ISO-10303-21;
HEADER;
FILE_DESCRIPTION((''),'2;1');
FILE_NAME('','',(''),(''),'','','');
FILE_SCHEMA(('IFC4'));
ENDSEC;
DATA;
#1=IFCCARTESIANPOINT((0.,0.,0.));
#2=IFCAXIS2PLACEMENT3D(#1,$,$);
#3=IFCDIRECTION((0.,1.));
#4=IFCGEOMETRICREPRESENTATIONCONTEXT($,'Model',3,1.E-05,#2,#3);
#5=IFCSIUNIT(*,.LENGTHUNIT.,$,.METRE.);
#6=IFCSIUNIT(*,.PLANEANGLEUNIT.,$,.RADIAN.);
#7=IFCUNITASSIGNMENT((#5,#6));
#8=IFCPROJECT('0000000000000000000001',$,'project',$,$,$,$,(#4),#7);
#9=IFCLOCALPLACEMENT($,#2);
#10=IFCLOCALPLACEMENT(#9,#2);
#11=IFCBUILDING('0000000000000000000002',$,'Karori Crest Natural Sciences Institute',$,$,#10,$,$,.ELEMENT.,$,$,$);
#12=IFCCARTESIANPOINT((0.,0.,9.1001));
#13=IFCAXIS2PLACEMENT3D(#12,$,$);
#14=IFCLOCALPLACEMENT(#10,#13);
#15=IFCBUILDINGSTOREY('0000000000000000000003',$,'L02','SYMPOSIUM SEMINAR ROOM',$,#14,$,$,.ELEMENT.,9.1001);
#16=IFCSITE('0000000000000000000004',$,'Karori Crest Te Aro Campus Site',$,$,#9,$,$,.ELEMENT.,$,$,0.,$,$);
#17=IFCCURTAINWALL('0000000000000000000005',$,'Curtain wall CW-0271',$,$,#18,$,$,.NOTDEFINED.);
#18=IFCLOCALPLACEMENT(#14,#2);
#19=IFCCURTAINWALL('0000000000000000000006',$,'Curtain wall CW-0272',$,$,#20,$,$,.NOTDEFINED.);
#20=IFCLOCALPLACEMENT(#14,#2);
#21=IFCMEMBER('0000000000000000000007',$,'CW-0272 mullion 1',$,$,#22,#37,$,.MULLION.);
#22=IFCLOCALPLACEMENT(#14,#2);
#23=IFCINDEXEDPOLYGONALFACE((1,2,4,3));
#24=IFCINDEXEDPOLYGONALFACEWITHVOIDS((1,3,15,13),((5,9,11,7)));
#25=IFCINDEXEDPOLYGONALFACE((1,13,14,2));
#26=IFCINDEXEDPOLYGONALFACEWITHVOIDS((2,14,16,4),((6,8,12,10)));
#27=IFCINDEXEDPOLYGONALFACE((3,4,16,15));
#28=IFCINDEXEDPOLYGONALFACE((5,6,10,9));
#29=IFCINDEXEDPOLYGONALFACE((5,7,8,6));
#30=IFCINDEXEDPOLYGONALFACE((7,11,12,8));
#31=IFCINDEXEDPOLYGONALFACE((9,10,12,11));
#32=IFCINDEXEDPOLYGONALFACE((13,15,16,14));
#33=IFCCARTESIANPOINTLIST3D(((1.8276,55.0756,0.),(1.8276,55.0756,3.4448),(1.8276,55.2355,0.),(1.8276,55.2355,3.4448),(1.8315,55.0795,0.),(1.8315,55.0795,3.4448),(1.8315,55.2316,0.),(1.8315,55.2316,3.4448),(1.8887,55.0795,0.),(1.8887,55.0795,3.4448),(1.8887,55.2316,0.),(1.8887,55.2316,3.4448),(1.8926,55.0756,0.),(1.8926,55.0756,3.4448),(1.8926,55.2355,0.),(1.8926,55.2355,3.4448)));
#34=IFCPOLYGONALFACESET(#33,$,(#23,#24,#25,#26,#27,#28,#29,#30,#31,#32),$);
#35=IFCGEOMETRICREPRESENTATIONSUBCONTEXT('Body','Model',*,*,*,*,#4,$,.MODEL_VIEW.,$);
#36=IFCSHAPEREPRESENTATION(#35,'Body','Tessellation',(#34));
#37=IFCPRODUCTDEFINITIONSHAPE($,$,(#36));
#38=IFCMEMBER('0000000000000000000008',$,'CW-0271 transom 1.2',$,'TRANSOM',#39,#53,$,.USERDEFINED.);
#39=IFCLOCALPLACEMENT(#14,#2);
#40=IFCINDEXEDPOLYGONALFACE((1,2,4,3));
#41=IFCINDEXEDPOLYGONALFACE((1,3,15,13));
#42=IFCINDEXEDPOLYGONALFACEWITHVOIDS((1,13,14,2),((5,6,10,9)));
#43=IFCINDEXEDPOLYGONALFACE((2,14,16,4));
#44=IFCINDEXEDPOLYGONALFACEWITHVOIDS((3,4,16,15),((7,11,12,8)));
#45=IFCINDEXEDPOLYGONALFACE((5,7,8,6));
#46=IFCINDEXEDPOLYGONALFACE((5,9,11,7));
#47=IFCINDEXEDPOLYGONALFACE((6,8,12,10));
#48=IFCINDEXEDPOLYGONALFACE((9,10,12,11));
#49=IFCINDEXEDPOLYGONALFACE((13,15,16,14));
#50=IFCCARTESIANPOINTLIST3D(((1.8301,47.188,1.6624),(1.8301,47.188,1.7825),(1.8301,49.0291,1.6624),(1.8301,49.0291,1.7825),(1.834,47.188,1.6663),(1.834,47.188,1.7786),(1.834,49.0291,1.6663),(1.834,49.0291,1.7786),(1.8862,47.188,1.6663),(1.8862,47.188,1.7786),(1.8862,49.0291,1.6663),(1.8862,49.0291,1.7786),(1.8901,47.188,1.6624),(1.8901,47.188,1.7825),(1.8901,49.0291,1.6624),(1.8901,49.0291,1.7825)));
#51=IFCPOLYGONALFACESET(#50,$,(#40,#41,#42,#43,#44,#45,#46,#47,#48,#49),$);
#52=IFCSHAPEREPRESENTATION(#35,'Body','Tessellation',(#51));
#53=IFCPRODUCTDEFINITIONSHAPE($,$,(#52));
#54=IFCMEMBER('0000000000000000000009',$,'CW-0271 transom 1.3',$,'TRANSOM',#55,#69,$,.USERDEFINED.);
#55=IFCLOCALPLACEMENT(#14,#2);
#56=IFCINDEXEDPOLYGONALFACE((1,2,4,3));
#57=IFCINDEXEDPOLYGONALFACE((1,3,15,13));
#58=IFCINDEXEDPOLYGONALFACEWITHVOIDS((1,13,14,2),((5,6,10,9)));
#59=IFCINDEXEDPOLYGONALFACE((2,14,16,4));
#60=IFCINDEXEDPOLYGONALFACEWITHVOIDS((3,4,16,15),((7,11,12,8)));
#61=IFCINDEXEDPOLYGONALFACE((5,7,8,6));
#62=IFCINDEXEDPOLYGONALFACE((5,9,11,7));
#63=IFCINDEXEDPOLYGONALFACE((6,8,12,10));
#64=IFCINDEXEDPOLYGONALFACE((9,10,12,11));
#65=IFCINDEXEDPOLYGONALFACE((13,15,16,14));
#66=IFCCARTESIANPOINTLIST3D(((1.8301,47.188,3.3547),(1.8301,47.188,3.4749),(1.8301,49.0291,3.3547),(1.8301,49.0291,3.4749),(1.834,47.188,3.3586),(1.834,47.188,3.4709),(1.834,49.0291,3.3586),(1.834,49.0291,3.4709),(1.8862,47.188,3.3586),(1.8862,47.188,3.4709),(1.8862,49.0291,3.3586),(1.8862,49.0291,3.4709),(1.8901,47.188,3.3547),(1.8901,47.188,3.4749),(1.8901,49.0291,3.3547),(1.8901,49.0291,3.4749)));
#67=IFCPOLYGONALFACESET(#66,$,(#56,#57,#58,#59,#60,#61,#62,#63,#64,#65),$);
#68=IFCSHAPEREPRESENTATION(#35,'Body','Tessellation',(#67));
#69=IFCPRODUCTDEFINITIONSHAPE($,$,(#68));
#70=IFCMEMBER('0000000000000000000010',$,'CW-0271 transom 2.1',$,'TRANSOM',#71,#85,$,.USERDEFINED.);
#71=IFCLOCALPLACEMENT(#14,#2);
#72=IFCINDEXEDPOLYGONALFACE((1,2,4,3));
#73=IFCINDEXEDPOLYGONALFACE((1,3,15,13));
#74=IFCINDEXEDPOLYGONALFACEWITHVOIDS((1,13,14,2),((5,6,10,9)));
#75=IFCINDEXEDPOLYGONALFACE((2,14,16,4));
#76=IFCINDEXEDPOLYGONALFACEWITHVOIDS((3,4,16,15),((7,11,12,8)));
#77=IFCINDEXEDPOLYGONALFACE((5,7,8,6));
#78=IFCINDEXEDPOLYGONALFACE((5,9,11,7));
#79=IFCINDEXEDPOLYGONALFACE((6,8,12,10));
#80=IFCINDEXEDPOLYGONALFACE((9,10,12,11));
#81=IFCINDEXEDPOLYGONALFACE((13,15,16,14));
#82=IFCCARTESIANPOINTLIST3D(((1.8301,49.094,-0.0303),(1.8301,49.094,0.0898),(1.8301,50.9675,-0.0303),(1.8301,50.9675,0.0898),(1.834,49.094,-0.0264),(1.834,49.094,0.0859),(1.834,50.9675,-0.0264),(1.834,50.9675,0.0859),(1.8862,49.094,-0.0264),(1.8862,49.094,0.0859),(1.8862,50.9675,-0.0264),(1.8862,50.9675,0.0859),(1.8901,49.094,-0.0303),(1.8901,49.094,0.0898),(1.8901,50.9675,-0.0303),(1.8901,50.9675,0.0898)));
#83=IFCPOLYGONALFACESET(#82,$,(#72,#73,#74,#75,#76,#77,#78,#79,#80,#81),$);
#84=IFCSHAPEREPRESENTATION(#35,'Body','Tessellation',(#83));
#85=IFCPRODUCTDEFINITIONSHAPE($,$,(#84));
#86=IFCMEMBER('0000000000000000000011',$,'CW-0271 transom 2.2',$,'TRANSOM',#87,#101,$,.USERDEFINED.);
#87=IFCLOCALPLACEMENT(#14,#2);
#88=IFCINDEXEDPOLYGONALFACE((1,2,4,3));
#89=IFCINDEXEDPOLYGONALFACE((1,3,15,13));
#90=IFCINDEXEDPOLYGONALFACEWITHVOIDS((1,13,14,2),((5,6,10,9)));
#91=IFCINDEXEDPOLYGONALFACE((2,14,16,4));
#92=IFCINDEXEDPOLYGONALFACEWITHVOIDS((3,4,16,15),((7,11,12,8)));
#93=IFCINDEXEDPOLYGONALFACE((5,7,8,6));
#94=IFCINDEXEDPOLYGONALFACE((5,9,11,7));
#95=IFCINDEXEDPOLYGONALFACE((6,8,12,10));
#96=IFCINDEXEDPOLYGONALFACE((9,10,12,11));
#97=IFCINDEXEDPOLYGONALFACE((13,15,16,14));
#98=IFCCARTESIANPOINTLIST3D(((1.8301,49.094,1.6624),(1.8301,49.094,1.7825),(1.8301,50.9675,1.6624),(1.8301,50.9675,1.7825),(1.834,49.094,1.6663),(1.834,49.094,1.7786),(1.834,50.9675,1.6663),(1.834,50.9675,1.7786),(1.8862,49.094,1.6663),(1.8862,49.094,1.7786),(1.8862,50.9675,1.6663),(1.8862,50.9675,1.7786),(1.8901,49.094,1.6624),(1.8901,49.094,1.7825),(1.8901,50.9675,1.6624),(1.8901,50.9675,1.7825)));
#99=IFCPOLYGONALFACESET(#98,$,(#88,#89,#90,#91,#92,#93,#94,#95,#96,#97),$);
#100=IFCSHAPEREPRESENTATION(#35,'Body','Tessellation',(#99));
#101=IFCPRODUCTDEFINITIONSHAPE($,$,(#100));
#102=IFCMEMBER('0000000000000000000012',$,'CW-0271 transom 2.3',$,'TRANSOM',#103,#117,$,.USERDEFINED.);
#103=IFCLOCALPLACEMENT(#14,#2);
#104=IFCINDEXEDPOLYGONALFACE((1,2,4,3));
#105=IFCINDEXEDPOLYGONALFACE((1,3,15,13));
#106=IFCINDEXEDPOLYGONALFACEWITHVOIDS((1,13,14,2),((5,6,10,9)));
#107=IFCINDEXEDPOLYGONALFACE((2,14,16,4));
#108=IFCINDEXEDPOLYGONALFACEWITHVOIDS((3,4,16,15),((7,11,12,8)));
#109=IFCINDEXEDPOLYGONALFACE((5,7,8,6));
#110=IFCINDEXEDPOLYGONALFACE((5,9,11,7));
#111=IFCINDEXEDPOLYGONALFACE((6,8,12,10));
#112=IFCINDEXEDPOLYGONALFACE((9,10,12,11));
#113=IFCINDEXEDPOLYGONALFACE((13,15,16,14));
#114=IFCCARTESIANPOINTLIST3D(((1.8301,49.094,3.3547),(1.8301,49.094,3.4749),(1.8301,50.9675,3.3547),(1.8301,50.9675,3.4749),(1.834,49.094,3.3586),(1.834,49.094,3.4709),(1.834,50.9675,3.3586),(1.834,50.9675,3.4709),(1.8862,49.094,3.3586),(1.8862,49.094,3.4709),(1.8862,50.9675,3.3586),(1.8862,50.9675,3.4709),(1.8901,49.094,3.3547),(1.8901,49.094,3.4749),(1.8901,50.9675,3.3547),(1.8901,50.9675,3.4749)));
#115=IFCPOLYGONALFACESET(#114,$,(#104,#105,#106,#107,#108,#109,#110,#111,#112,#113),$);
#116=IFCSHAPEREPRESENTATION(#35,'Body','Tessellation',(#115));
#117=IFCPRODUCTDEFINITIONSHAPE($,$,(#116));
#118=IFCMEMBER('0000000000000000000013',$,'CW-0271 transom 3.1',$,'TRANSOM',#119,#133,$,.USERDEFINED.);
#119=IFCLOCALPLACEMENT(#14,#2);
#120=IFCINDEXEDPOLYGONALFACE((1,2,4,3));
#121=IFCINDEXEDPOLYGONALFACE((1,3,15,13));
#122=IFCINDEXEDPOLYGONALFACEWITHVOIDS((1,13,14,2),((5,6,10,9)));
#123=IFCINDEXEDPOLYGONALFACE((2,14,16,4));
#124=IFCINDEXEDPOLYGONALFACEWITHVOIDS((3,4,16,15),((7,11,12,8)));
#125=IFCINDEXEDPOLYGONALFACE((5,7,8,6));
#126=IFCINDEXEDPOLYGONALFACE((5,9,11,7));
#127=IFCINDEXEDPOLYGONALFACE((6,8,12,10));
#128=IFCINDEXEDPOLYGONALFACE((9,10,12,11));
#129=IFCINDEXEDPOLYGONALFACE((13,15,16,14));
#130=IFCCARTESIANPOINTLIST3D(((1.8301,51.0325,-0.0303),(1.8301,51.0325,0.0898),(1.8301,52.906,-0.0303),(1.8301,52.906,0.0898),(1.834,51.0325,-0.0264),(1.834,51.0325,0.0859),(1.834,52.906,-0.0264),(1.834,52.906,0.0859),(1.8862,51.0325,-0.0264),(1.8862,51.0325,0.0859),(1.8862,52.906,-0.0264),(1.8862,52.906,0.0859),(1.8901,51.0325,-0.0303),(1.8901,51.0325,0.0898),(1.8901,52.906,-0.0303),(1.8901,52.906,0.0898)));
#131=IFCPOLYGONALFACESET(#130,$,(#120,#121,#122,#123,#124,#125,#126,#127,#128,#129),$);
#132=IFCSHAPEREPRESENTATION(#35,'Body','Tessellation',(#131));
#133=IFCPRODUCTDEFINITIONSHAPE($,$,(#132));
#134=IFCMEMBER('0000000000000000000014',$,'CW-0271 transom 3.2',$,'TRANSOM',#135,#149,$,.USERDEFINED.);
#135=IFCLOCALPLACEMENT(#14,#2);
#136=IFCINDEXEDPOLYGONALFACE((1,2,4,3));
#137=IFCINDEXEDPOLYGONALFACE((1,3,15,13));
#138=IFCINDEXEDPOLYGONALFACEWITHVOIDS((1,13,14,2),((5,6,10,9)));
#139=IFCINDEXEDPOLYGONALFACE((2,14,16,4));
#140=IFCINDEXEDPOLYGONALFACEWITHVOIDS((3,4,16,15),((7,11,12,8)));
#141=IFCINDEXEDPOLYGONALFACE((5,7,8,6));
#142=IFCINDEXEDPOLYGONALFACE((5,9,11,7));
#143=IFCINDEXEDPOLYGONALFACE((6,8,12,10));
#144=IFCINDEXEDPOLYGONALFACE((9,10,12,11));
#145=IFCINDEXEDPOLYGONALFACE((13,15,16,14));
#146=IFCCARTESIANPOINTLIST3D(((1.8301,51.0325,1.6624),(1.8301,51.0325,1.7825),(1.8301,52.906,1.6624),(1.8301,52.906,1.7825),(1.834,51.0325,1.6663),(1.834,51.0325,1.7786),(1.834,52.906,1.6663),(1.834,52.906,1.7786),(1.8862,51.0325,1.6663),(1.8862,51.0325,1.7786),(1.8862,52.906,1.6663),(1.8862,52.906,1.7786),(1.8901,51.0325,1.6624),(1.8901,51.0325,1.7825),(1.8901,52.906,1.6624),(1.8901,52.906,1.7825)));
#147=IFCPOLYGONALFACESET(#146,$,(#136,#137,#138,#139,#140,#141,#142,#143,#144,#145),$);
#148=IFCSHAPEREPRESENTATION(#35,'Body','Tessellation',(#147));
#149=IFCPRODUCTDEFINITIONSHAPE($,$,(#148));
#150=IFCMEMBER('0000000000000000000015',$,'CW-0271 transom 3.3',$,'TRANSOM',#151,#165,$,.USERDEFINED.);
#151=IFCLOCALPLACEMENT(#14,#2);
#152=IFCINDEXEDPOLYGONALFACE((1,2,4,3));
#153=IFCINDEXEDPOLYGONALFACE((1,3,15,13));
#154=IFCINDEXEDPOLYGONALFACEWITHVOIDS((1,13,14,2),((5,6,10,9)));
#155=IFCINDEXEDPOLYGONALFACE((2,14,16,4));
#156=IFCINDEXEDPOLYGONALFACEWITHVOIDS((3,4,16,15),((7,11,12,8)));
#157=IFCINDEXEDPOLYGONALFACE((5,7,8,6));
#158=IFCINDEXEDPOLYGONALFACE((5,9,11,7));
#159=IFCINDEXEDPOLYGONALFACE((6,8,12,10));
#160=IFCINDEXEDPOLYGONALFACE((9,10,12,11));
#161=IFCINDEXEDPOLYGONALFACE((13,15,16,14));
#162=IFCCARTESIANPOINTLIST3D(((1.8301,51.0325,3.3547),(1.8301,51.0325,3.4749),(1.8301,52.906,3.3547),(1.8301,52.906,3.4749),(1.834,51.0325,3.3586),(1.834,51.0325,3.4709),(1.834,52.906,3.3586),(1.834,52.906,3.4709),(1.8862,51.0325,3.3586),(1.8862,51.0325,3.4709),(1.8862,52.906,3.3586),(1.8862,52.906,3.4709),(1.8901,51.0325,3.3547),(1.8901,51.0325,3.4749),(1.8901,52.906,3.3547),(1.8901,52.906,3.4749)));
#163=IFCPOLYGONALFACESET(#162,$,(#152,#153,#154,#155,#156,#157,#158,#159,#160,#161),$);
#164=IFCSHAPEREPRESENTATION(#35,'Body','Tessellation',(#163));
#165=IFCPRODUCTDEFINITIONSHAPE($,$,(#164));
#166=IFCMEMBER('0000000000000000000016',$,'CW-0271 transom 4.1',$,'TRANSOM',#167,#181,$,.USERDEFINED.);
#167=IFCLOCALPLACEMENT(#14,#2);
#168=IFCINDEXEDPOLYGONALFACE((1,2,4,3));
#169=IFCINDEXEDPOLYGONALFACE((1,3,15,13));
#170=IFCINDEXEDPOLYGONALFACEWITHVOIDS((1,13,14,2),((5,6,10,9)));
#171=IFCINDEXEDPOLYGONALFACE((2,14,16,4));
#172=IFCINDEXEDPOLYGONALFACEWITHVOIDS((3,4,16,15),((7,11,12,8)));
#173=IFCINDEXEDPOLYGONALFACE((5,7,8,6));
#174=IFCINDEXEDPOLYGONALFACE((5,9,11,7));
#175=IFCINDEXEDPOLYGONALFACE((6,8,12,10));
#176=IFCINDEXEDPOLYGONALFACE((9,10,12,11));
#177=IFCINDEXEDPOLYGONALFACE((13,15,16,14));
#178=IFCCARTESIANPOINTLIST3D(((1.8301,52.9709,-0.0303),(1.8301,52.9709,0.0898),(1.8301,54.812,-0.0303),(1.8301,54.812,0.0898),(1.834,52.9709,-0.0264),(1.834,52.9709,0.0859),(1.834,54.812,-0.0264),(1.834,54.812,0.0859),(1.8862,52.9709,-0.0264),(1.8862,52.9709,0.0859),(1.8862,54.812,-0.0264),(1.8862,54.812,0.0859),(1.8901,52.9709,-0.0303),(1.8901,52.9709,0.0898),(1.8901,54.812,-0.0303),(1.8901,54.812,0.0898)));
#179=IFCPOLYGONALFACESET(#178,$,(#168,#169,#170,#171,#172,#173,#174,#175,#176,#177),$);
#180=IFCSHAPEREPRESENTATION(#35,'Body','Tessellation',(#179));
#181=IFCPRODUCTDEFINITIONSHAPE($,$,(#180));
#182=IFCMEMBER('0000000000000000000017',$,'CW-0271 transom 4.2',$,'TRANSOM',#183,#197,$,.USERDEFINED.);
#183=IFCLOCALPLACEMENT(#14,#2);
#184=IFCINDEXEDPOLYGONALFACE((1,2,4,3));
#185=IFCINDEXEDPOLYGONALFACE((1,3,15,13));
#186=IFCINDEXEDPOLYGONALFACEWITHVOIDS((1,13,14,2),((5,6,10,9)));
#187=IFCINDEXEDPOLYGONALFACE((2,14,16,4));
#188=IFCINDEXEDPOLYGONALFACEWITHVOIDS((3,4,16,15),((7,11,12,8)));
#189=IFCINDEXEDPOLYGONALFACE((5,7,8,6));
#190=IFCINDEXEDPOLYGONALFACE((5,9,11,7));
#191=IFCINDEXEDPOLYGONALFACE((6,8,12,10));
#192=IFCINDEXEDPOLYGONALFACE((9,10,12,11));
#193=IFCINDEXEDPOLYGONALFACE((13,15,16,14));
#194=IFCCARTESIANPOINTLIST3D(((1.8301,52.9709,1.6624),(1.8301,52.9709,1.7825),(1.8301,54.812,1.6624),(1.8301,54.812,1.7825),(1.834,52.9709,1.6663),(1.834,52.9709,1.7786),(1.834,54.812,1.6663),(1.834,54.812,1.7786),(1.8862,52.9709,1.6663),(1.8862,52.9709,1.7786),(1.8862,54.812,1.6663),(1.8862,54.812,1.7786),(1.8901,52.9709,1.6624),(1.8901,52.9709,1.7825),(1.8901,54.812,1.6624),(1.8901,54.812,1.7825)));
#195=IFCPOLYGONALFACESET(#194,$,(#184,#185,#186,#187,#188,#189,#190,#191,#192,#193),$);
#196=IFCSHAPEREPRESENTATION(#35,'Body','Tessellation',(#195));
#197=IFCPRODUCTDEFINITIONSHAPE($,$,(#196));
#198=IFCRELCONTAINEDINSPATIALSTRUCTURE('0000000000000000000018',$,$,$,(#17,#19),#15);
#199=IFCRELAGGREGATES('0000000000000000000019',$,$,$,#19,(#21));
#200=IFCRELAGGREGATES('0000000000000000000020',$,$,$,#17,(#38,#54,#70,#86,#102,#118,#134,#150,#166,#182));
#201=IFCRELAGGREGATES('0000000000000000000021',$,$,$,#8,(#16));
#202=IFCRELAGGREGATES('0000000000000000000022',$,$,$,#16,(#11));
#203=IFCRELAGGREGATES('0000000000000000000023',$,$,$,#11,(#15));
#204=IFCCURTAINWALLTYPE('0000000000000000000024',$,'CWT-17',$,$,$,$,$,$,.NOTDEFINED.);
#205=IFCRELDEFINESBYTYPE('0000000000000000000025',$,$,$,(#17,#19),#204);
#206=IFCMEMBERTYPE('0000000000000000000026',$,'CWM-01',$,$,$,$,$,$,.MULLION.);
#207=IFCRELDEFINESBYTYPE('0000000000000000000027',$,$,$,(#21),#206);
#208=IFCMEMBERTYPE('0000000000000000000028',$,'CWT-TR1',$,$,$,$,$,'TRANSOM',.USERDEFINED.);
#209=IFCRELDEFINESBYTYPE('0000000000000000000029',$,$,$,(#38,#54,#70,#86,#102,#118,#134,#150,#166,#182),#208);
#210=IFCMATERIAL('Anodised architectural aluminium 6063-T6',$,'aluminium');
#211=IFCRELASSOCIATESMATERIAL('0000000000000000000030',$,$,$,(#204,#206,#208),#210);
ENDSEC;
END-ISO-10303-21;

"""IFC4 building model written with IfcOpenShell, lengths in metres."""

from ifc_helpers import new_model, si_unit, direction, frame, origin, origin_2d, place, context, subcontext, project, spatial, hollow_rectangle, extrude, material, material_profile, profile_set, type_object, element, aggregate, save


model = new_model("IFC4")

# Units and contexts
model_context = context("Model", 3, precision=1e-05, world=origin(), true_north=direction((0.0, 1.0)))
body_context = subcontext(model_context, "Body", "Model", "MODEL_VIEW")
ifc_project = project(units=[si_unit("LENGTHUNIT", "METRE"), si_unit("PLANEANGLEUNIT", "RADIAN")], contexts=[model_context])

# Site, building, storey
site_placement = place(None, origin())
site = spatial("IfcSite", under=ifc_project, at=site_placement, Name="Karori Crest Te Aro Campus Site", CompositionType="ELEMENT", RefElevation=0.0)
building_placement = place(site_placement, origin())
building = spatial("IfcBuilding", under=site, at=building_placement, Name="Karori Crest Natural Sciences Institute", CompositionType="ELEMENT")
storey_placement = place(building_placement, frame((0.0, 0.0, 9.1001)))
storey = spatial("IfcBuildingStorey", under=building, at=storey_placement, Name="L02", Description="SYMPOSIUM SEMINAR ROOM", CompositionType="ELEMENT", Elevation=9.1001)

# Curtain wall
ifc_material_1 = material(Name="Anodised architectural aluminium 6063-T6", Category="aluminium")
curtain_wall_type = type_object("IfcCurtainWallType", Name="CWT-17", PredefinedType="NOTDEFINED", material=ifc_material_1)
curtain_wall_1_placement = place(storey_placement, origin())
curtain_wall_1 = element("IfcCurtainWall", 1, at=curtain_wall_1_placement, inside=storey, type_object=curtain_wall_type, Name="Curtain wall CW-0271", PredefinedType="NOTDEFINED")
ifc_material_profile_1 = material_profile(ifc_material_1, hollow_rectangle(XDim=0.0649, YDim=0.1599, WallThickness=0.0039, at=origin_2d()), Name="CWM160x65x4")
ifc_profile_set_1 = profile_set([ifc_material_profile_1], Name="Anodised architectural aluminium 6063-T6")
member_type_1 = type_object("IfcMemberType", Name="CWM-01", PredefinedType="MULLION", material=ifc_profile_set_1)

# Curtain wall, member
curtain_wall_2_placement = place(storey_placement, origin())
curtain_wall_2 = element("IfcCurtainWall", 2, at=curtain_wall_2_placement, inside=storey, type_object=curtain_wall_type, Name="Curtain wall CW-0272", PredefinedType="NOTDEFINED")
member_1_placement = place(storey_placement, frame((1.8601, 55.1555, 0.0), z_axis=(0.0, 0.0, 1.0), x_axis=(-1.0, 0.0, 0.0)))
member_1 = element("IfcMember", 3, at=member_1_placement, type_object=member_type_1, Name="CW-0272 mullion 1", PredefinedType="MULLION", context=body_context, shape_type="SweptSolid", body=[
    extrude(hollow_rectangle(XDim=0.0649, YDim=0.1599, WallThickness=0.0039, at=origin_2d()), origin(), (0.0, 0.0, 1.0), 3.4448),
])

# Members
ifc_material_profile_2 = material_profile(ifc_material_1, hollow_rectangle(XDim=0.0601, YDim=0.1201, WallThickness=0.0039, at=origin_2d()), Name="CWT120x60x4")
ifc_profile_set_2 = profile_set([ifc_material_profile_2], Name="Anodised architectural aluminium 6063-T6")
member_type_2 = type_object("IfcMemberType", Name="CWT-TR1", ElementType="TRANSOM", PredefinedType="USERDEFINED", material=ifc_profile_set_2)
member_2_placement = place(storey_placement, frame((1.8601, 47.188, 1.7224), z_axis=(0.0, 1.0, 0.0), x_axis=(-1.0, 0.0, 0.0)))
member_2 = element("IfcMember", 4, at=member_2_placement, type_object=member_type_2, Name="CW-0271 transom 1.2", ObjectType="TRANSOM", PredefinedType="USERDEFINED", context=body_context, shape_type="SweptSolid", body=[
    extrude(hollow_rectangle(XDim=0.0601, YDim=0.1201, WallThickness=0.0039, at=origin_2d()), origin(), (0.0, 0.0, 1.0), 1.8411),
])
member_3_placement = place(storey_placement, frame((1.8601, 47.188, 3.4148), z_axis=(0.0, 1.0, 0.0), x_axis=(-1.0, 0.0, 0.0)))
member_3 = element("IfcMember", 5, at=member_3_placement, type_object=member_type_2, Name="CW-0271 transom 1.3", ObjectType="TRANSOM", PredefinedType="USERDEFINED", context=body_context, shape_type="SweptSolid", body=[
    extrude(hollow_rectangle(XDim=0.0601, YDim=0.1201, WallThickness=0.0039, at=origin_2d()), origin(), (0.0, 0.0, 1.0), 1.8411),
])
member_4_placement = place(storey_placement, frame((1.8601, 49.094, 0.0298), z_axis=(0.0, 1.0, 0.0), x_axis=(-1.0, 0.0, 0.0)))
member_4 = element("IfcMember", 6, at=member_4_placement, type_object=member_type_2, Name="CW-0271 transom 2.1", ObjectType="TRANSOM", PredefinedType="USERDEFINED", context=body_context, shape_type="SweptSolid", body=[
    extrude(hollow_rectangle(XDim=0.0601, YDim=0.1201, WallThickness=0.0039, at=origin_2d()), origin(), (0.0, 0.0, 1.0), 1.8735),
])
member_5_placement = place(storey_placement, frame((1.8601, 49.094, 1.7224), z_axis=(0.0, 1.0, 0.0), x_axis=(-1.0, 0.0, 0.0)))
member_5 = element("IfcMember", 7, at=member_5_placement, type_object=member_type_2, Name="CW-0271 transom 2.2", ObjectType="TRANSOM", PredefinedType="USERDEFINED", context=body_context, shape_type="SweptSolid", body=[
    extrude(hollow_rectangle(XDim=0.0601, YDim=0.1201, WallThickness=0.0039, at=origin_2d()), origin(), (0.0, 0.0, 1.0), 1.8735),
])
member_6_placement = place(storey_placement, frame((1.8601, 49.094, 3.4148), z_axis=(0.0, 1.0, 0.0), x_axis=(-1.0, 0.0, 0.0)))
member_6 = element("IfcMember", 8, at=member_6_placement, type_object=member_type_2, Name="CW-0271 transom 2.3", ObjectType="TRANSOM", PredefinedType="USERDEFINED", context=body_context, shape_type="SweptSolid", body=[
    extrude(hollow_rectangle(XDim=0.0601, YDim=0.1201, WallThickness=0.0039, at=origin_2d()), origin(), (0.0, 0.0, 1.0), 1.8735),
])
member_7_placement = place(storey_placement, frame((1.8601, 51.0325, 0.0298), z_axis=(0.0, 1.0, 0.0), x_axis=(-1.0, 0.0, 0.0)))
member_7 = element("IfcMember", 9, at=member_7_placement, type_object=member_type_2, Name="CW-0271 transom 3.1", ObjectType="TRANSOM", PredefinedType="USERDEFINED", context=body_context, shape_type="SweptSolid", body=[
    extrude(hollow_rectangle(XDim=0.0601, YDim=0.1201, WallThickness=0.0039, at=origin_2d()), origin(), (0.0, 0.0, 1.0), 1.8735),
])
member_8_placement = place(storey_placement, frame((1.8601, 51.0325, 1.7224), z_axis=(0.0, 1.0, 0.0), x_axis=(-1.0, 0.0, 0.0)))
member_8 = element("IfcMember", 10, at=member_8_placement, type_object=member_type_2, Name="CW-0271 transom 3.2", ObjectType="TRANSOM", PredefinedType="USERDEFINED", context=body_context, shape_type="SweptSolid", body=[
    extrude(hollow_rectangle(XDim=0.0601, YDim=0.1201, WallThickness=0.0039, at=origin_2d()), origin(), (0.0, 0.0, 1.0), 1.8735),
])
member_9_placement = place(storey_placement, frame((1.8601, 51.0325, 3.4148), z_axis=(0.0, 1.0, 0.0), x_axis=(-1.0, 0.0, 0.0)))
member_9 = element("IfcMember", 11, at=member_9_placement, type_object=member_type_2, Name="CW-0271 transom 3.3", ObjectType="TRANSOM", PredefinedType="USERDEFINED", context=body_context, shape_type="SweptSolid", body=[
    extrude(hollow_rectangle(XDim=0.0601, YDim=0.1201, WallThickness=0.0039, at=origin_2d()), origin(), (0.0, 0.0, 1.0), 1.8735),
])
member_10_placement = place(storey_placement, frame((1.8601, 52.9709, 0.0298), z_axis=(0.0, 1.0, 0.0), x_axis=(-1.0, 0.0, 0.0)))
member_10 = element("IfcMember", 12, at=member_10_placement, type_object=member_type_2, Name="CW-0271 transom 4.1", ObjectType="TRANSOM", PredefinedType="USERDEFINED", context=body_context, shape_type="SweptSolid", body=[
    extrude(hollow_rectangle(XDim=0.0601, YDim=0.1201, WallThickness=0.0039, at=origin_2d()), origin(), (0.0, 0.0, 1.0), 1.8411),
])
member_11_placement = place(storey_placement, frame((1.8601, 52.9709, 1.7224), z_axis=(0.0, 1.0, 0.0), x_axis=(-1.0, 0.0, 0.0)))
member_11 = element("IfcMember", 13, at=member_11_placement, type_object=member_type_2, Name="CW-0271 transom 4.2", ObjectType="TRANSOM", PredefinedType="USERDEFINED", context=body_context, shape_type="SweptSolid", body=[
    extrude(hollow_rectangle(XDim=0.0601, YDim=0.1201, WallThickness=0.0039, at=origin_2d()), origin(), (0.0, 0.0, 1.0), 1.8411),
])
aggregate(curtain_wall_2, [member_1])

aggregate(curtain_wall_1, [member_2, member_3, member_4, member_5, member_6, member_7, member_8, member_9, member_10, member_11])

save(model, "model.ifc")
